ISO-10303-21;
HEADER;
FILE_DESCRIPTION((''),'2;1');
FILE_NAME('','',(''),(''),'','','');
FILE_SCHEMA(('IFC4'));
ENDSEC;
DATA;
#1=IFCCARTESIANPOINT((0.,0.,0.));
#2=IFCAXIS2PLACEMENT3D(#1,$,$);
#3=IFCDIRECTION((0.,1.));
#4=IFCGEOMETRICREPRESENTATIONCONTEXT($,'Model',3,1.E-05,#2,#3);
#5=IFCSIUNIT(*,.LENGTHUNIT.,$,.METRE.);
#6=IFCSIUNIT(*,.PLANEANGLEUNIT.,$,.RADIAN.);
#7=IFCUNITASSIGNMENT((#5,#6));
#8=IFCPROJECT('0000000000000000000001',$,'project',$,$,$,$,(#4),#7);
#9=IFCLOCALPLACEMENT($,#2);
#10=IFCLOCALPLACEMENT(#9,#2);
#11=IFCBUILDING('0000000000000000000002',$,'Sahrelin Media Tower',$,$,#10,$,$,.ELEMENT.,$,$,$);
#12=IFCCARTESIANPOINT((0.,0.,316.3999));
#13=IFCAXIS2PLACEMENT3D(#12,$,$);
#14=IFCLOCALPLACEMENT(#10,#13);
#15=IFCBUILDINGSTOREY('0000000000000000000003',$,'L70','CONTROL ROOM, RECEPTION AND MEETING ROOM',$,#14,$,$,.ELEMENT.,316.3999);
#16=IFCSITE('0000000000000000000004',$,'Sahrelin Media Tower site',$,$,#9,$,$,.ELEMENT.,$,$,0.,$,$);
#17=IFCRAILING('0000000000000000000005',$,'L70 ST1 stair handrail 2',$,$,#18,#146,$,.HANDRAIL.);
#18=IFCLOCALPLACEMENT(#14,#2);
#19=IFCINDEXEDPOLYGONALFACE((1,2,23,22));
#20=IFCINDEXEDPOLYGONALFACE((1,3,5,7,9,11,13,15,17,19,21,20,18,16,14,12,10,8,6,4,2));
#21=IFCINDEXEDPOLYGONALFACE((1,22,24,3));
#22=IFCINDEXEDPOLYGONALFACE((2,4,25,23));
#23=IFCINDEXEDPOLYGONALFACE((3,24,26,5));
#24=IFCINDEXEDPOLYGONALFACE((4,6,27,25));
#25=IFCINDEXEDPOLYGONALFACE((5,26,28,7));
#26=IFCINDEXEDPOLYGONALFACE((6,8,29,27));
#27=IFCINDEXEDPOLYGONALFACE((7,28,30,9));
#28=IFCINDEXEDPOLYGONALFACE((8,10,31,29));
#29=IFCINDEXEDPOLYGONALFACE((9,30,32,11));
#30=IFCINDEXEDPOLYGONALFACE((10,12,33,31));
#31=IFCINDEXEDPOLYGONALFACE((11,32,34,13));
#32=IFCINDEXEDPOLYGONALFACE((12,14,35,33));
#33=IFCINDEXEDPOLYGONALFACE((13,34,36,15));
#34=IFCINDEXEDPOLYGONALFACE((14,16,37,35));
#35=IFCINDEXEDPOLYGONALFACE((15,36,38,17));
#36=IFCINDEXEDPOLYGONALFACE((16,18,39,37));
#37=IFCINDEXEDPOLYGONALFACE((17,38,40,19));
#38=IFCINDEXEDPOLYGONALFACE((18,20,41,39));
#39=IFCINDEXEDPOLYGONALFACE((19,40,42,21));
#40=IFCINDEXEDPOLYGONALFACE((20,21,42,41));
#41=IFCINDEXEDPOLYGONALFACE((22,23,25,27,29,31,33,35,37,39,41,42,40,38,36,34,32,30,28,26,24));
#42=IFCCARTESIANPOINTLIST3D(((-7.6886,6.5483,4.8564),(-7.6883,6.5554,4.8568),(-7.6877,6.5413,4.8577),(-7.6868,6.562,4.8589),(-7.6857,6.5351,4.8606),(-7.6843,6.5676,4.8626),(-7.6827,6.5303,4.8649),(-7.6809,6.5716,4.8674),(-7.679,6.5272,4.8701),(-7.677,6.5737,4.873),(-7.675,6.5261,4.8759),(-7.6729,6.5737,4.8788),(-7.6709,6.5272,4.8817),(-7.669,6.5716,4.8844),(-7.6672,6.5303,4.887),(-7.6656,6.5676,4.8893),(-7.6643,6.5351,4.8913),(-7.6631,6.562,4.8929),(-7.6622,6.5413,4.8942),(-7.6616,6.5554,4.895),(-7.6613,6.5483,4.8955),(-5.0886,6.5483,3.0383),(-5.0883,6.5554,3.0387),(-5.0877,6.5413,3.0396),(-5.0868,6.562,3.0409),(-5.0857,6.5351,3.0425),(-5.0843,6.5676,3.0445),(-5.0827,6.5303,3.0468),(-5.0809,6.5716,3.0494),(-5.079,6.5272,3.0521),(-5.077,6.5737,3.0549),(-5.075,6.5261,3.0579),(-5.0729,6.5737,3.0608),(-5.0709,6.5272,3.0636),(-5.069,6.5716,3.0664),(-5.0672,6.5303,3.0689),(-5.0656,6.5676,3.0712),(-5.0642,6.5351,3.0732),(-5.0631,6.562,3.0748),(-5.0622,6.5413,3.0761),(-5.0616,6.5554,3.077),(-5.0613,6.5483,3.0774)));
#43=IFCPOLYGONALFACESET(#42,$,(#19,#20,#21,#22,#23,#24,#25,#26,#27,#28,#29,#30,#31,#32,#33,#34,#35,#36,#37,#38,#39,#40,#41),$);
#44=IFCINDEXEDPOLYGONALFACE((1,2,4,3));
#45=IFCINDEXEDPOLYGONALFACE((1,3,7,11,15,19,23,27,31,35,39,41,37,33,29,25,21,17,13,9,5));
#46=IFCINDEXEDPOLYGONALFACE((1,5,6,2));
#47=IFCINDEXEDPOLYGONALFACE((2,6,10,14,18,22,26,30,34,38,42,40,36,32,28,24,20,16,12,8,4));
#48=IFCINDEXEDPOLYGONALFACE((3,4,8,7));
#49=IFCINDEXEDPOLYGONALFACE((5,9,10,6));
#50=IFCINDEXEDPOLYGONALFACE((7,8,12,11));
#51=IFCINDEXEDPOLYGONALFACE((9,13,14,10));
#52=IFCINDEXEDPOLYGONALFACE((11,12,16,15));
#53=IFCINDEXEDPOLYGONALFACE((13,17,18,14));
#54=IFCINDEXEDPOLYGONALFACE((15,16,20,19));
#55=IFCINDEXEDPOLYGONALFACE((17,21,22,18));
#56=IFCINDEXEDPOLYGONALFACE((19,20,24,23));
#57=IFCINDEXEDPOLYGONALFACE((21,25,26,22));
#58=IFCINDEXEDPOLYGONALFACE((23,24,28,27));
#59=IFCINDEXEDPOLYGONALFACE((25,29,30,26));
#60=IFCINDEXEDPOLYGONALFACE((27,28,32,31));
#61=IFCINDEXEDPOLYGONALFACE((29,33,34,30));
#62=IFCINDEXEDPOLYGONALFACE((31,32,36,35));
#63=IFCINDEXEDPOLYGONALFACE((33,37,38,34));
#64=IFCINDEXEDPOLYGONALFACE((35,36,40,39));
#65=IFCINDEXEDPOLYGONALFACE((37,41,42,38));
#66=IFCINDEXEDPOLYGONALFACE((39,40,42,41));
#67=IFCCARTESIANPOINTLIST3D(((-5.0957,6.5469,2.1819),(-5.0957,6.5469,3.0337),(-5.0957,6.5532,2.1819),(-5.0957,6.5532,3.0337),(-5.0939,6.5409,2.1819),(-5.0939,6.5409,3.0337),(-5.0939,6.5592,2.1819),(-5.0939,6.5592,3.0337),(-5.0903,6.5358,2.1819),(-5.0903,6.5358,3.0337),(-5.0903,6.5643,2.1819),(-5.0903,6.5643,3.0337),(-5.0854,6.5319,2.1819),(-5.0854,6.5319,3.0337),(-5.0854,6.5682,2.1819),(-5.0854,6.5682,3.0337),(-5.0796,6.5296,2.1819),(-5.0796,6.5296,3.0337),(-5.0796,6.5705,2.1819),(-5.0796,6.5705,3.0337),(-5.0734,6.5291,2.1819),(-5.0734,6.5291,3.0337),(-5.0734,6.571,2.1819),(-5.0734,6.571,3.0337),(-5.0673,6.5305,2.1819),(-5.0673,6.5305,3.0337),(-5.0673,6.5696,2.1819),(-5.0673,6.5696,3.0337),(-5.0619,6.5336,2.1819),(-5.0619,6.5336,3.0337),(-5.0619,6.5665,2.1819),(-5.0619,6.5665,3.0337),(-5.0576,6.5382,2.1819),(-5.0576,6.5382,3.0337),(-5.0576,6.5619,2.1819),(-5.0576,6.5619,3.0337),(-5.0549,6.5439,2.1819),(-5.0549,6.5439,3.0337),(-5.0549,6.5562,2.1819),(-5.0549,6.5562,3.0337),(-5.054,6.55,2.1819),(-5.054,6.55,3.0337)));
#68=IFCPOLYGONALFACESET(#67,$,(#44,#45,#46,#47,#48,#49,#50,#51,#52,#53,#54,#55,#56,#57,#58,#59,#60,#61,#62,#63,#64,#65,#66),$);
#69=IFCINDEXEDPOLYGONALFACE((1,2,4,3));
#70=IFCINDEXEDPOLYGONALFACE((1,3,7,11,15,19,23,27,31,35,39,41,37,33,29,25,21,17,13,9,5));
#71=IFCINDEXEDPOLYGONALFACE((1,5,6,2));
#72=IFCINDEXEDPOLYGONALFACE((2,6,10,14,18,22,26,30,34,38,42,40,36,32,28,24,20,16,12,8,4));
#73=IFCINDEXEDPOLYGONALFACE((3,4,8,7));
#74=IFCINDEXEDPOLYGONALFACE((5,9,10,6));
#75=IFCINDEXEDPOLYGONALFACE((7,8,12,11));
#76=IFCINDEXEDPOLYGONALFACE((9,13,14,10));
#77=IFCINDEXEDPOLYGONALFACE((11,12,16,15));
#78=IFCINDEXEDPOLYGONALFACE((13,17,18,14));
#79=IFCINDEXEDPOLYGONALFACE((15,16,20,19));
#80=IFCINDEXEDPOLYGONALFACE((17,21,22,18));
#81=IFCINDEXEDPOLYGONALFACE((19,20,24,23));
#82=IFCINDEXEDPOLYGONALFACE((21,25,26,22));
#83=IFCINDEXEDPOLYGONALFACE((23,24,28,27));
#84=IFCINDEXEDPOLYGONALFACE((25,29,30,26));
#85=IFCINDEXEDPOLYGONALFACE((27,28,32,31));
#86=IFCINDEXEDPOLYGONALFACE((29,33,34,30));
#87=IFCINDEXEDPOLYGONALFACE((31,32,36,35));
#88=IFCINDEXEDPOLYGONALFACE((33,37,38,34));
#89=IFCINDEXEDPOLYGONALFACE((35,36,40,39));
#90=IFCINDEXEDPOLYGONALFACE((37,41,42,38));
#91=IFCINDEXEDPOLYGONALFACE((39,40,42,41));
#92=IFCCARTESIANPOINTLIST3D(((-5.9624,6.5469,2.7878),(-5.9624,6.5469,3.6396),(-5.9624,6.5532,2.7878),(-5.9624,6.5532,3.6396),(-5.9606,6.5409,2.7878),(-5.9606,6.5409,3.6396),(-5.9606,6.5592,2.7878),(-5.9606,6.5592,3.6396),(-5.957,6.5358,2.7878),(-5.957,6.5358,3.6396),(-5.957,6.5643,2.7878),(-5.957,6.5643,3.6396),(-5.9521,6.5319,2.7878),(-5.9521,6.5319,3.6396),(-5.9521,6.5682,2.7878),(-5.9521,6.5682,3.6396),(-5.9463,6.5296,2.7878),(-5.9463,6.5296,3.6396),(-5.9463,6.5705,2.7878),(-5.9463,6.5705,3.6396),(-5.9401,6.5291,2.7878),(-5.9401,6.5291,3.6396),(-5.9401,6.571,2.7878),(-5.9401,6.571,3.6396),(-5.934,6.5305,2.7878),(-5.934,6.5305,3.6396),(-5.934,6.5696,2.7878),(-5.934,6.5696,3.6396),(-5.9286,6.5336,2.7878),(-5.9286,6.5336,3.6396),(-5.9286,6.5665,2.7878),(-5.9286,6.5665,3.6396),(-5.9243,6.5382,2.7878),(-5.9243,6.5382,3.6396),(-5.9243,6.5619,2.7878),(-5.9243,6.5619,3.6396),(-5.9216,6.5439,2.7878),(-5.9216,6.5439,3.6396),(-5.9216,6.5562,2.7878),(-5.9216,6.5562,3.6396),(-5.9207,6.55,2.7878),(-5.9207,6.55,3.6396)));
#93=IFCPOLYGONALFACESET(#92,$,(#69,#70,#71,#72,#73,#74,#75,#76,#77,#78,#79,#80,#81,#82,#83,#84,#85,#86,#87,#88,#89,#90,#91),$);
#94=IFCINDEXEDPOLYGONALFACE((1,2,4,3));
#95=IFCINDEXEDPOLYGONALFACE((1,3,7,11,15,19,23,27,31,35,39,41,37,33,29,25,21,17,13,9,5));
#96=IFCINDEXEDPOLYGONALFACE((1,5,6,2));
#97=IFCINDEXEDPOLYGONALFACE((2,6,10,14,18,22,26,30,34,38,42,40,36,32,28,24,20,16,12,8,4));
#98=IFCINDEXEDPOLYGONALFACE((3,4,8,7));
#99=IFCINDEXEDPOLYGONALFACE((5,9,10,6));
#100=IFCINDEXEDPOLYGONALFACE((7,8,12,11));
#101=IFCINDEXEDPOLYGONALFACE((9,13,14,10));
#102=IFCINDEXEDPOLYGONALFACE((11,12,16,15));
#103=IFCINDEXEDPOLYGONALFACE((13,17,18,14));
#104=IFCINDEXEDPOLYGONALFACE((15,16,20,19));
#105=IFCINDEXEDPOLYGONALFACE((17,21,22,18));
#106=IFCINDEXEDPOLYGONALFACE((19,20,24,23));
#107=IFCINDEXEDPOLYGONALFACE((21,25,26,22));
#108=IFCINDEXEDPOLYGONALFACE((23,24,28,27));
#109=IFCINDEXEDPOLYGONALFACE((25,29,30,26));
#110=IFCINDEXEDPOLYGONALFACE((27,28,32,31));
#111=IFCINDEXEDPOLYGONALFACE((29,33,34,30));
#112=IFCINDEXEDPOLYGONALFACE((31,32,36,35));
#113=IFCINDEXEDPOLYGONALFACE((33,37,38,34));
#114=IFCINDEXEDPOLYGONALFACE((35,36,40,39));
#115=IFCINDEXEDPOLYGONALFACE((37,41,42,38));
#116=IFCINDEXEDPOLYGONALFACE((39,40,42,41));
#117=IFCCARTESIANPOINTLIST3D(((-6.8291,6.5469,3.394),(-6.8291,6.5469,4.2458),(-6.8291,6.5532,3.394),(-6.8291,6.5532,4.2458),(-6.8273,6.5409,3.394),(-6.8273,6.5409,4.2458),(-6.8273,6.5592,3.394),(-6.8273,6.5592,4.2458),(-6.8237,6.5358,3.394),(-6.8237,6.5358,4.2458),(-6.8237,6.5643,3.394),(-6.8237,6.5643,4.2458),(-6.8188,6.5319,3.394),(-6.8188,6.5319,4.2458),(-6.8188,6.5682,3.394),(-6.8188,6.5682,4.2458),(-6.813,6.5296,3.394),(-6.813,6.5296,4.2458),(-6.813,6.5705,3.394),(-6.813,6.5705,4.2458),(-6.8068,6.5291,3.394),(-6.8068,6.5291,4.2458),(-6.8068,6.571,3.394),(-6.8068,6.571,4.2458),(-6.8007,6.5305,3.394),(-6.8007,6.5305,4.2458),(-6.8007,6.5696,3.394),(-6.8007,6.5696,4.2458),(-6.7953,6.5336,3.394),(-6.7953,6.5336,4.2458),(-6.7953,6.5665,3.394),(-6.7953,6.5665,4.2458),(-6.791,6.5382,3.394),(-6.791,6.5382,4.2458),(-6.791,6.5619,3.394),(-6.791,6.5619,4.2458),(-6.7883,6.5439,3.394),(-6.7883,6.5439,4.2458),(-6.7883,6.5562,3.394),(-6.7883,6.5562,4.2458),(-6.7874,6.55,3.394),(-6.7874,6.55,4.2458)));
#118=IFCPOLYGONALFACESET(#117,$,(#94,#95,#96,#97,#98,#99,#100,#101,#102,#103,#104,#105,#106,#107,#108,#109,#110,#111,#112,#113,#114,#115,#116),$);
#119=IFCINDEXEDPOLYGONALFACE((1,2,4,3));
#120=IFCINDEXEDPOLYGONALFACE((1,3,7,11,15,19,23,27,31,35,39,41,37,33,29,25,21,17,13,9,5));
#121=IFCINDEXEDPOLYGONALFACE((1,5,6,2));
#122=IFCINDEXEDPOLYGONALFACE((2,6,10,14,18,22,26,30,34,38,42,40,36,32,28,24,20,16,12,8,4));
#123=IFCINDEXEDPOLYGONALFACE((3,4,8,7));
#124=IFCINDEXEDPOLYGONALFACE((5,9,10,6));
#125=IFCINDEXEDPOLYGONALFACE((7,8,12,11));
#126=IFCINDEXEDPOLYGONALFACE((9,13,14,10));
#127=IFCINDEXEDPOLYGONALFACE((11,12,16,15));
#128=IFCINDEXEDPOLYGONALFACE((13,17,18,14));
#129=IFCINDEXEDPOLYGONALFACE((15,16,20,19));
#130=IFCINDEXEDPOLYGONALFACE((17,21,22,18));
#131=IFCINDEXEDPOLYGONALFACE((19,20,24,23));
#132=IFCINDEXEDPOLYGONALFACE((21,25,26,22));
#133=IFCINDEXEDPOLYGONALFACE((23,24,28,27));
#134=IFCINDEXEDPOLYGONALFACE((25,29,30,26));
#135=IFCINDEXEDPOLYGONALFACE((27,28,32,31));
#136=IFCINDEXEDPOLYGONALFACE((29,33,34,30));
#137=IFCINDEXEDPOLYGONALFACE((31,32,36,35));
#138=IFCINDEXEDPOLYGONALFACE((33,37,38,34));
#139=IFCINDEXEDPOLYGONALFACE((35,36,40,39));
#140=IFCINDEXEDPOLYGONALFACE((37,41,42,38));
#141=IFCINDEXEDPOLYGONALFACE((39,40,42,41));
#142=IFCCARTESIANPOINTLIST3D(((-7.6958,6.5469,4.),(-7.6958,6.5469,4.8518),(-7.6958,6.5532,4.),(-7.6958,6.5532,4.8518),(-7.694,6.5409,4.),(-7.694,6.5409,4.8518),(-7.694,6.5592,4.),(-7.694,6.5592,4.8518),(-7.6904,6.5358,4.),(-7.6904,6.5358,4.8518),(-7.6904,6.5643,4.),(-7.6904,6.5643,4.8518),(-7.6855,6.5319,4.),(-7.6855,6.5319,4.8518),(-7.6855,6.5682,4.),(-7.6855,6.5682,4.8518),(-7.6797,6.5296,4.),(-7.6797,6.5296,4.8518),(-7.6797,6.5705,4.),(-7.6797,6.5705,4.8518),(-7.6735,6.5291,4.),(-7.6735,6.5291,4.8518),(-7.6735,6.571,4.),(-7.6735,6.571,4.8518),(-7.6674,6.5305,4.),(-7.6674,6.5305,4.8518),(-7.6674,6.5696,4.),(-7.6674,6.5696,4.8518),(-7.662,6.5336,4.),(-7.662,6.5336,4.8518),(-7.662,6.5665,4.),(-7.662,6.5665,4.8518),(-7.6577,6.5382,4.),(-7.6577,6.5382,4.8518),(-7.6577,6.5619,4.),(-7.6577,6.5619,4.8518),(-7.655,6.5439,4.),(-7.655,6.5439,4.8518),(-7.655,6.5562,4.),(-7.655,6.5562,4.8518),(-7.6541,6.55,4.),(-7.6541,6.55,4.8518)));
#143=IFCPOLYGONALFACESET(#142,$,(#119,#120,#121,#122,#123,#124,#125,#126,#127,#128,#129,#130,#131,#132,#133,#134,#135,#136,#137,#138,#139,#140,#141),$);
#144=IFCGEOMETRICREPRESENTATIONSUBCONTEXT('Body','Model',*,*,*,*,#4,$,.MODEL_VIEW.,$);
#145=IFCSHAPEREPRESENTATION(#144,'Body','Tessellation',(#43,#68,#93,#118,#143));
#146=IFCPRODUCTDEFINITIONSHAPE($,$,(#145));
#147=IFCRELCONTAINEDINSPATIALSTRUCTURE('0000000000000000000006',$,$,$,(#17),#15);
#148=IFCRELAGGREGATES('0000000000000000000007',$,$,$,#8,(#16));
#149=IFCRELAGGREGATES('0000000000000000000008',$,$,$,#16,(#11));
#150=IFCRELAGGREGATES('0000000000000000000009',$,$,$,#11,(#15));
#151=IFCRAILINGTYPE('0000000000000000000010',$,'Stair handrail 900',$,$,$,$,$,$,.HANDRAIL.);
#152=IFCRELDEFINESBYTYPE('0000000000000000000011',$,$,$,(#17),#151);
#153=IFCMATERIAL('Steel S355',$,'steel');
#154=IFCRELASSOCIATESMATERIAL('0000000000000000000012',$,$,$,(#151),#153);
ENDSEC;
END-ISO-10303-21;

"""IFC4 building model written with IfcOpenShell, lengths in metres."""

from ifc_helpers import new_model, si_unit, direction, frame, origin, origin_2d, place, context, subcontext, project, spatial, circle, extrude, material, type_object, element, save


model = new_model("IFC4")

# Units and contexts
model_context = context("Model", 3, precision=1e-05, world=origin(), true_north=direction((0.0, 1.0)))
body_context = subcontext(model_context, "Body", "Model", "MODEL_VIEW")
ifc_project = project(units=[si_unit("LENGTHUNIT", "METRE"), si_unit("PLANEANGLEUNIT", "RADIAN")], contexts=[model_context])

# Site, building, storey
site_placement = place(None, origin())
site = spatial("IfcSite", under=ifc_project, at=site_placement, Name="Sahrelin Media Tower site", CompositionType="ELEMENT", RefElevation=0.0)
building_placement = place(site_placement, origin())
building = spatial("IfcBuilding", under=site, at=building_placement, Name="Sahrelin Media Tower", CompositionType="ELEMENT")
storey_placement = place(building_placement, frame((0.0, 0.0, 316.3999)))
storey = spatial("IfcBuildingStorey", under=building, at=storey_placement, Name="L70", Description="CONTROL ROOM, RECEPTION AND MEETING ROOM", CompositionType="ELEMENT", Elevation=316.3999)

# Shared definitions
ifc_material_1 = material(Name="Steel S355", Category="steel")

# Railing
railing_type_1 = type_object("IfcRailingType", Name="Stair handrail 900", PredefinedType="HANDRAIL", material=ifc_material_1)
railing_1_placement = place(storey_placement, frame((-5.075, 6.55, 2.1819)))
element("IfcRailing", 1, at=railing_1_placement, inside=storey, type_object=railing_type_1, Name="L70 ST1 stair handrail 2", PredefinedType="HANDRAIL", context=body_context, shape_type="SweptSolid", body=[
    extrude(circle(Radius=0.0239, at=origin_2d()), frame((0.0, 0.0, 0.876), z_axis=(-0.819521, 0.0, 0.573049), x_axis=(0.0, -1.0, 0.0)), (0.0, 0.0, 1.0), 3.1726),
    extrude(circle(Radius=0.021, at=origin_2d()), origin(), (0.0, 0.0, 1.0), 0.8518),
    extrude(circle(Radius=0.021, at=origin_2d()), frame((-0.8667, 0.0, 0.606)), (0.0, 0.0, 1.0), 0.8518),
    extrude(circle(Radius=0.021, at=origin_2d()), frame((-1.7334, 0.0, 1.2122)), (0.0, 0.0, 1.0), 0.8518),
    extrude(circle(Radius=0.021, at=origin_2d()), frame((-2.6001, 0.0, 1.8181)), (0.0, 0.0, 1.0), 0.8518),
])

save(model, "model.ifc")
